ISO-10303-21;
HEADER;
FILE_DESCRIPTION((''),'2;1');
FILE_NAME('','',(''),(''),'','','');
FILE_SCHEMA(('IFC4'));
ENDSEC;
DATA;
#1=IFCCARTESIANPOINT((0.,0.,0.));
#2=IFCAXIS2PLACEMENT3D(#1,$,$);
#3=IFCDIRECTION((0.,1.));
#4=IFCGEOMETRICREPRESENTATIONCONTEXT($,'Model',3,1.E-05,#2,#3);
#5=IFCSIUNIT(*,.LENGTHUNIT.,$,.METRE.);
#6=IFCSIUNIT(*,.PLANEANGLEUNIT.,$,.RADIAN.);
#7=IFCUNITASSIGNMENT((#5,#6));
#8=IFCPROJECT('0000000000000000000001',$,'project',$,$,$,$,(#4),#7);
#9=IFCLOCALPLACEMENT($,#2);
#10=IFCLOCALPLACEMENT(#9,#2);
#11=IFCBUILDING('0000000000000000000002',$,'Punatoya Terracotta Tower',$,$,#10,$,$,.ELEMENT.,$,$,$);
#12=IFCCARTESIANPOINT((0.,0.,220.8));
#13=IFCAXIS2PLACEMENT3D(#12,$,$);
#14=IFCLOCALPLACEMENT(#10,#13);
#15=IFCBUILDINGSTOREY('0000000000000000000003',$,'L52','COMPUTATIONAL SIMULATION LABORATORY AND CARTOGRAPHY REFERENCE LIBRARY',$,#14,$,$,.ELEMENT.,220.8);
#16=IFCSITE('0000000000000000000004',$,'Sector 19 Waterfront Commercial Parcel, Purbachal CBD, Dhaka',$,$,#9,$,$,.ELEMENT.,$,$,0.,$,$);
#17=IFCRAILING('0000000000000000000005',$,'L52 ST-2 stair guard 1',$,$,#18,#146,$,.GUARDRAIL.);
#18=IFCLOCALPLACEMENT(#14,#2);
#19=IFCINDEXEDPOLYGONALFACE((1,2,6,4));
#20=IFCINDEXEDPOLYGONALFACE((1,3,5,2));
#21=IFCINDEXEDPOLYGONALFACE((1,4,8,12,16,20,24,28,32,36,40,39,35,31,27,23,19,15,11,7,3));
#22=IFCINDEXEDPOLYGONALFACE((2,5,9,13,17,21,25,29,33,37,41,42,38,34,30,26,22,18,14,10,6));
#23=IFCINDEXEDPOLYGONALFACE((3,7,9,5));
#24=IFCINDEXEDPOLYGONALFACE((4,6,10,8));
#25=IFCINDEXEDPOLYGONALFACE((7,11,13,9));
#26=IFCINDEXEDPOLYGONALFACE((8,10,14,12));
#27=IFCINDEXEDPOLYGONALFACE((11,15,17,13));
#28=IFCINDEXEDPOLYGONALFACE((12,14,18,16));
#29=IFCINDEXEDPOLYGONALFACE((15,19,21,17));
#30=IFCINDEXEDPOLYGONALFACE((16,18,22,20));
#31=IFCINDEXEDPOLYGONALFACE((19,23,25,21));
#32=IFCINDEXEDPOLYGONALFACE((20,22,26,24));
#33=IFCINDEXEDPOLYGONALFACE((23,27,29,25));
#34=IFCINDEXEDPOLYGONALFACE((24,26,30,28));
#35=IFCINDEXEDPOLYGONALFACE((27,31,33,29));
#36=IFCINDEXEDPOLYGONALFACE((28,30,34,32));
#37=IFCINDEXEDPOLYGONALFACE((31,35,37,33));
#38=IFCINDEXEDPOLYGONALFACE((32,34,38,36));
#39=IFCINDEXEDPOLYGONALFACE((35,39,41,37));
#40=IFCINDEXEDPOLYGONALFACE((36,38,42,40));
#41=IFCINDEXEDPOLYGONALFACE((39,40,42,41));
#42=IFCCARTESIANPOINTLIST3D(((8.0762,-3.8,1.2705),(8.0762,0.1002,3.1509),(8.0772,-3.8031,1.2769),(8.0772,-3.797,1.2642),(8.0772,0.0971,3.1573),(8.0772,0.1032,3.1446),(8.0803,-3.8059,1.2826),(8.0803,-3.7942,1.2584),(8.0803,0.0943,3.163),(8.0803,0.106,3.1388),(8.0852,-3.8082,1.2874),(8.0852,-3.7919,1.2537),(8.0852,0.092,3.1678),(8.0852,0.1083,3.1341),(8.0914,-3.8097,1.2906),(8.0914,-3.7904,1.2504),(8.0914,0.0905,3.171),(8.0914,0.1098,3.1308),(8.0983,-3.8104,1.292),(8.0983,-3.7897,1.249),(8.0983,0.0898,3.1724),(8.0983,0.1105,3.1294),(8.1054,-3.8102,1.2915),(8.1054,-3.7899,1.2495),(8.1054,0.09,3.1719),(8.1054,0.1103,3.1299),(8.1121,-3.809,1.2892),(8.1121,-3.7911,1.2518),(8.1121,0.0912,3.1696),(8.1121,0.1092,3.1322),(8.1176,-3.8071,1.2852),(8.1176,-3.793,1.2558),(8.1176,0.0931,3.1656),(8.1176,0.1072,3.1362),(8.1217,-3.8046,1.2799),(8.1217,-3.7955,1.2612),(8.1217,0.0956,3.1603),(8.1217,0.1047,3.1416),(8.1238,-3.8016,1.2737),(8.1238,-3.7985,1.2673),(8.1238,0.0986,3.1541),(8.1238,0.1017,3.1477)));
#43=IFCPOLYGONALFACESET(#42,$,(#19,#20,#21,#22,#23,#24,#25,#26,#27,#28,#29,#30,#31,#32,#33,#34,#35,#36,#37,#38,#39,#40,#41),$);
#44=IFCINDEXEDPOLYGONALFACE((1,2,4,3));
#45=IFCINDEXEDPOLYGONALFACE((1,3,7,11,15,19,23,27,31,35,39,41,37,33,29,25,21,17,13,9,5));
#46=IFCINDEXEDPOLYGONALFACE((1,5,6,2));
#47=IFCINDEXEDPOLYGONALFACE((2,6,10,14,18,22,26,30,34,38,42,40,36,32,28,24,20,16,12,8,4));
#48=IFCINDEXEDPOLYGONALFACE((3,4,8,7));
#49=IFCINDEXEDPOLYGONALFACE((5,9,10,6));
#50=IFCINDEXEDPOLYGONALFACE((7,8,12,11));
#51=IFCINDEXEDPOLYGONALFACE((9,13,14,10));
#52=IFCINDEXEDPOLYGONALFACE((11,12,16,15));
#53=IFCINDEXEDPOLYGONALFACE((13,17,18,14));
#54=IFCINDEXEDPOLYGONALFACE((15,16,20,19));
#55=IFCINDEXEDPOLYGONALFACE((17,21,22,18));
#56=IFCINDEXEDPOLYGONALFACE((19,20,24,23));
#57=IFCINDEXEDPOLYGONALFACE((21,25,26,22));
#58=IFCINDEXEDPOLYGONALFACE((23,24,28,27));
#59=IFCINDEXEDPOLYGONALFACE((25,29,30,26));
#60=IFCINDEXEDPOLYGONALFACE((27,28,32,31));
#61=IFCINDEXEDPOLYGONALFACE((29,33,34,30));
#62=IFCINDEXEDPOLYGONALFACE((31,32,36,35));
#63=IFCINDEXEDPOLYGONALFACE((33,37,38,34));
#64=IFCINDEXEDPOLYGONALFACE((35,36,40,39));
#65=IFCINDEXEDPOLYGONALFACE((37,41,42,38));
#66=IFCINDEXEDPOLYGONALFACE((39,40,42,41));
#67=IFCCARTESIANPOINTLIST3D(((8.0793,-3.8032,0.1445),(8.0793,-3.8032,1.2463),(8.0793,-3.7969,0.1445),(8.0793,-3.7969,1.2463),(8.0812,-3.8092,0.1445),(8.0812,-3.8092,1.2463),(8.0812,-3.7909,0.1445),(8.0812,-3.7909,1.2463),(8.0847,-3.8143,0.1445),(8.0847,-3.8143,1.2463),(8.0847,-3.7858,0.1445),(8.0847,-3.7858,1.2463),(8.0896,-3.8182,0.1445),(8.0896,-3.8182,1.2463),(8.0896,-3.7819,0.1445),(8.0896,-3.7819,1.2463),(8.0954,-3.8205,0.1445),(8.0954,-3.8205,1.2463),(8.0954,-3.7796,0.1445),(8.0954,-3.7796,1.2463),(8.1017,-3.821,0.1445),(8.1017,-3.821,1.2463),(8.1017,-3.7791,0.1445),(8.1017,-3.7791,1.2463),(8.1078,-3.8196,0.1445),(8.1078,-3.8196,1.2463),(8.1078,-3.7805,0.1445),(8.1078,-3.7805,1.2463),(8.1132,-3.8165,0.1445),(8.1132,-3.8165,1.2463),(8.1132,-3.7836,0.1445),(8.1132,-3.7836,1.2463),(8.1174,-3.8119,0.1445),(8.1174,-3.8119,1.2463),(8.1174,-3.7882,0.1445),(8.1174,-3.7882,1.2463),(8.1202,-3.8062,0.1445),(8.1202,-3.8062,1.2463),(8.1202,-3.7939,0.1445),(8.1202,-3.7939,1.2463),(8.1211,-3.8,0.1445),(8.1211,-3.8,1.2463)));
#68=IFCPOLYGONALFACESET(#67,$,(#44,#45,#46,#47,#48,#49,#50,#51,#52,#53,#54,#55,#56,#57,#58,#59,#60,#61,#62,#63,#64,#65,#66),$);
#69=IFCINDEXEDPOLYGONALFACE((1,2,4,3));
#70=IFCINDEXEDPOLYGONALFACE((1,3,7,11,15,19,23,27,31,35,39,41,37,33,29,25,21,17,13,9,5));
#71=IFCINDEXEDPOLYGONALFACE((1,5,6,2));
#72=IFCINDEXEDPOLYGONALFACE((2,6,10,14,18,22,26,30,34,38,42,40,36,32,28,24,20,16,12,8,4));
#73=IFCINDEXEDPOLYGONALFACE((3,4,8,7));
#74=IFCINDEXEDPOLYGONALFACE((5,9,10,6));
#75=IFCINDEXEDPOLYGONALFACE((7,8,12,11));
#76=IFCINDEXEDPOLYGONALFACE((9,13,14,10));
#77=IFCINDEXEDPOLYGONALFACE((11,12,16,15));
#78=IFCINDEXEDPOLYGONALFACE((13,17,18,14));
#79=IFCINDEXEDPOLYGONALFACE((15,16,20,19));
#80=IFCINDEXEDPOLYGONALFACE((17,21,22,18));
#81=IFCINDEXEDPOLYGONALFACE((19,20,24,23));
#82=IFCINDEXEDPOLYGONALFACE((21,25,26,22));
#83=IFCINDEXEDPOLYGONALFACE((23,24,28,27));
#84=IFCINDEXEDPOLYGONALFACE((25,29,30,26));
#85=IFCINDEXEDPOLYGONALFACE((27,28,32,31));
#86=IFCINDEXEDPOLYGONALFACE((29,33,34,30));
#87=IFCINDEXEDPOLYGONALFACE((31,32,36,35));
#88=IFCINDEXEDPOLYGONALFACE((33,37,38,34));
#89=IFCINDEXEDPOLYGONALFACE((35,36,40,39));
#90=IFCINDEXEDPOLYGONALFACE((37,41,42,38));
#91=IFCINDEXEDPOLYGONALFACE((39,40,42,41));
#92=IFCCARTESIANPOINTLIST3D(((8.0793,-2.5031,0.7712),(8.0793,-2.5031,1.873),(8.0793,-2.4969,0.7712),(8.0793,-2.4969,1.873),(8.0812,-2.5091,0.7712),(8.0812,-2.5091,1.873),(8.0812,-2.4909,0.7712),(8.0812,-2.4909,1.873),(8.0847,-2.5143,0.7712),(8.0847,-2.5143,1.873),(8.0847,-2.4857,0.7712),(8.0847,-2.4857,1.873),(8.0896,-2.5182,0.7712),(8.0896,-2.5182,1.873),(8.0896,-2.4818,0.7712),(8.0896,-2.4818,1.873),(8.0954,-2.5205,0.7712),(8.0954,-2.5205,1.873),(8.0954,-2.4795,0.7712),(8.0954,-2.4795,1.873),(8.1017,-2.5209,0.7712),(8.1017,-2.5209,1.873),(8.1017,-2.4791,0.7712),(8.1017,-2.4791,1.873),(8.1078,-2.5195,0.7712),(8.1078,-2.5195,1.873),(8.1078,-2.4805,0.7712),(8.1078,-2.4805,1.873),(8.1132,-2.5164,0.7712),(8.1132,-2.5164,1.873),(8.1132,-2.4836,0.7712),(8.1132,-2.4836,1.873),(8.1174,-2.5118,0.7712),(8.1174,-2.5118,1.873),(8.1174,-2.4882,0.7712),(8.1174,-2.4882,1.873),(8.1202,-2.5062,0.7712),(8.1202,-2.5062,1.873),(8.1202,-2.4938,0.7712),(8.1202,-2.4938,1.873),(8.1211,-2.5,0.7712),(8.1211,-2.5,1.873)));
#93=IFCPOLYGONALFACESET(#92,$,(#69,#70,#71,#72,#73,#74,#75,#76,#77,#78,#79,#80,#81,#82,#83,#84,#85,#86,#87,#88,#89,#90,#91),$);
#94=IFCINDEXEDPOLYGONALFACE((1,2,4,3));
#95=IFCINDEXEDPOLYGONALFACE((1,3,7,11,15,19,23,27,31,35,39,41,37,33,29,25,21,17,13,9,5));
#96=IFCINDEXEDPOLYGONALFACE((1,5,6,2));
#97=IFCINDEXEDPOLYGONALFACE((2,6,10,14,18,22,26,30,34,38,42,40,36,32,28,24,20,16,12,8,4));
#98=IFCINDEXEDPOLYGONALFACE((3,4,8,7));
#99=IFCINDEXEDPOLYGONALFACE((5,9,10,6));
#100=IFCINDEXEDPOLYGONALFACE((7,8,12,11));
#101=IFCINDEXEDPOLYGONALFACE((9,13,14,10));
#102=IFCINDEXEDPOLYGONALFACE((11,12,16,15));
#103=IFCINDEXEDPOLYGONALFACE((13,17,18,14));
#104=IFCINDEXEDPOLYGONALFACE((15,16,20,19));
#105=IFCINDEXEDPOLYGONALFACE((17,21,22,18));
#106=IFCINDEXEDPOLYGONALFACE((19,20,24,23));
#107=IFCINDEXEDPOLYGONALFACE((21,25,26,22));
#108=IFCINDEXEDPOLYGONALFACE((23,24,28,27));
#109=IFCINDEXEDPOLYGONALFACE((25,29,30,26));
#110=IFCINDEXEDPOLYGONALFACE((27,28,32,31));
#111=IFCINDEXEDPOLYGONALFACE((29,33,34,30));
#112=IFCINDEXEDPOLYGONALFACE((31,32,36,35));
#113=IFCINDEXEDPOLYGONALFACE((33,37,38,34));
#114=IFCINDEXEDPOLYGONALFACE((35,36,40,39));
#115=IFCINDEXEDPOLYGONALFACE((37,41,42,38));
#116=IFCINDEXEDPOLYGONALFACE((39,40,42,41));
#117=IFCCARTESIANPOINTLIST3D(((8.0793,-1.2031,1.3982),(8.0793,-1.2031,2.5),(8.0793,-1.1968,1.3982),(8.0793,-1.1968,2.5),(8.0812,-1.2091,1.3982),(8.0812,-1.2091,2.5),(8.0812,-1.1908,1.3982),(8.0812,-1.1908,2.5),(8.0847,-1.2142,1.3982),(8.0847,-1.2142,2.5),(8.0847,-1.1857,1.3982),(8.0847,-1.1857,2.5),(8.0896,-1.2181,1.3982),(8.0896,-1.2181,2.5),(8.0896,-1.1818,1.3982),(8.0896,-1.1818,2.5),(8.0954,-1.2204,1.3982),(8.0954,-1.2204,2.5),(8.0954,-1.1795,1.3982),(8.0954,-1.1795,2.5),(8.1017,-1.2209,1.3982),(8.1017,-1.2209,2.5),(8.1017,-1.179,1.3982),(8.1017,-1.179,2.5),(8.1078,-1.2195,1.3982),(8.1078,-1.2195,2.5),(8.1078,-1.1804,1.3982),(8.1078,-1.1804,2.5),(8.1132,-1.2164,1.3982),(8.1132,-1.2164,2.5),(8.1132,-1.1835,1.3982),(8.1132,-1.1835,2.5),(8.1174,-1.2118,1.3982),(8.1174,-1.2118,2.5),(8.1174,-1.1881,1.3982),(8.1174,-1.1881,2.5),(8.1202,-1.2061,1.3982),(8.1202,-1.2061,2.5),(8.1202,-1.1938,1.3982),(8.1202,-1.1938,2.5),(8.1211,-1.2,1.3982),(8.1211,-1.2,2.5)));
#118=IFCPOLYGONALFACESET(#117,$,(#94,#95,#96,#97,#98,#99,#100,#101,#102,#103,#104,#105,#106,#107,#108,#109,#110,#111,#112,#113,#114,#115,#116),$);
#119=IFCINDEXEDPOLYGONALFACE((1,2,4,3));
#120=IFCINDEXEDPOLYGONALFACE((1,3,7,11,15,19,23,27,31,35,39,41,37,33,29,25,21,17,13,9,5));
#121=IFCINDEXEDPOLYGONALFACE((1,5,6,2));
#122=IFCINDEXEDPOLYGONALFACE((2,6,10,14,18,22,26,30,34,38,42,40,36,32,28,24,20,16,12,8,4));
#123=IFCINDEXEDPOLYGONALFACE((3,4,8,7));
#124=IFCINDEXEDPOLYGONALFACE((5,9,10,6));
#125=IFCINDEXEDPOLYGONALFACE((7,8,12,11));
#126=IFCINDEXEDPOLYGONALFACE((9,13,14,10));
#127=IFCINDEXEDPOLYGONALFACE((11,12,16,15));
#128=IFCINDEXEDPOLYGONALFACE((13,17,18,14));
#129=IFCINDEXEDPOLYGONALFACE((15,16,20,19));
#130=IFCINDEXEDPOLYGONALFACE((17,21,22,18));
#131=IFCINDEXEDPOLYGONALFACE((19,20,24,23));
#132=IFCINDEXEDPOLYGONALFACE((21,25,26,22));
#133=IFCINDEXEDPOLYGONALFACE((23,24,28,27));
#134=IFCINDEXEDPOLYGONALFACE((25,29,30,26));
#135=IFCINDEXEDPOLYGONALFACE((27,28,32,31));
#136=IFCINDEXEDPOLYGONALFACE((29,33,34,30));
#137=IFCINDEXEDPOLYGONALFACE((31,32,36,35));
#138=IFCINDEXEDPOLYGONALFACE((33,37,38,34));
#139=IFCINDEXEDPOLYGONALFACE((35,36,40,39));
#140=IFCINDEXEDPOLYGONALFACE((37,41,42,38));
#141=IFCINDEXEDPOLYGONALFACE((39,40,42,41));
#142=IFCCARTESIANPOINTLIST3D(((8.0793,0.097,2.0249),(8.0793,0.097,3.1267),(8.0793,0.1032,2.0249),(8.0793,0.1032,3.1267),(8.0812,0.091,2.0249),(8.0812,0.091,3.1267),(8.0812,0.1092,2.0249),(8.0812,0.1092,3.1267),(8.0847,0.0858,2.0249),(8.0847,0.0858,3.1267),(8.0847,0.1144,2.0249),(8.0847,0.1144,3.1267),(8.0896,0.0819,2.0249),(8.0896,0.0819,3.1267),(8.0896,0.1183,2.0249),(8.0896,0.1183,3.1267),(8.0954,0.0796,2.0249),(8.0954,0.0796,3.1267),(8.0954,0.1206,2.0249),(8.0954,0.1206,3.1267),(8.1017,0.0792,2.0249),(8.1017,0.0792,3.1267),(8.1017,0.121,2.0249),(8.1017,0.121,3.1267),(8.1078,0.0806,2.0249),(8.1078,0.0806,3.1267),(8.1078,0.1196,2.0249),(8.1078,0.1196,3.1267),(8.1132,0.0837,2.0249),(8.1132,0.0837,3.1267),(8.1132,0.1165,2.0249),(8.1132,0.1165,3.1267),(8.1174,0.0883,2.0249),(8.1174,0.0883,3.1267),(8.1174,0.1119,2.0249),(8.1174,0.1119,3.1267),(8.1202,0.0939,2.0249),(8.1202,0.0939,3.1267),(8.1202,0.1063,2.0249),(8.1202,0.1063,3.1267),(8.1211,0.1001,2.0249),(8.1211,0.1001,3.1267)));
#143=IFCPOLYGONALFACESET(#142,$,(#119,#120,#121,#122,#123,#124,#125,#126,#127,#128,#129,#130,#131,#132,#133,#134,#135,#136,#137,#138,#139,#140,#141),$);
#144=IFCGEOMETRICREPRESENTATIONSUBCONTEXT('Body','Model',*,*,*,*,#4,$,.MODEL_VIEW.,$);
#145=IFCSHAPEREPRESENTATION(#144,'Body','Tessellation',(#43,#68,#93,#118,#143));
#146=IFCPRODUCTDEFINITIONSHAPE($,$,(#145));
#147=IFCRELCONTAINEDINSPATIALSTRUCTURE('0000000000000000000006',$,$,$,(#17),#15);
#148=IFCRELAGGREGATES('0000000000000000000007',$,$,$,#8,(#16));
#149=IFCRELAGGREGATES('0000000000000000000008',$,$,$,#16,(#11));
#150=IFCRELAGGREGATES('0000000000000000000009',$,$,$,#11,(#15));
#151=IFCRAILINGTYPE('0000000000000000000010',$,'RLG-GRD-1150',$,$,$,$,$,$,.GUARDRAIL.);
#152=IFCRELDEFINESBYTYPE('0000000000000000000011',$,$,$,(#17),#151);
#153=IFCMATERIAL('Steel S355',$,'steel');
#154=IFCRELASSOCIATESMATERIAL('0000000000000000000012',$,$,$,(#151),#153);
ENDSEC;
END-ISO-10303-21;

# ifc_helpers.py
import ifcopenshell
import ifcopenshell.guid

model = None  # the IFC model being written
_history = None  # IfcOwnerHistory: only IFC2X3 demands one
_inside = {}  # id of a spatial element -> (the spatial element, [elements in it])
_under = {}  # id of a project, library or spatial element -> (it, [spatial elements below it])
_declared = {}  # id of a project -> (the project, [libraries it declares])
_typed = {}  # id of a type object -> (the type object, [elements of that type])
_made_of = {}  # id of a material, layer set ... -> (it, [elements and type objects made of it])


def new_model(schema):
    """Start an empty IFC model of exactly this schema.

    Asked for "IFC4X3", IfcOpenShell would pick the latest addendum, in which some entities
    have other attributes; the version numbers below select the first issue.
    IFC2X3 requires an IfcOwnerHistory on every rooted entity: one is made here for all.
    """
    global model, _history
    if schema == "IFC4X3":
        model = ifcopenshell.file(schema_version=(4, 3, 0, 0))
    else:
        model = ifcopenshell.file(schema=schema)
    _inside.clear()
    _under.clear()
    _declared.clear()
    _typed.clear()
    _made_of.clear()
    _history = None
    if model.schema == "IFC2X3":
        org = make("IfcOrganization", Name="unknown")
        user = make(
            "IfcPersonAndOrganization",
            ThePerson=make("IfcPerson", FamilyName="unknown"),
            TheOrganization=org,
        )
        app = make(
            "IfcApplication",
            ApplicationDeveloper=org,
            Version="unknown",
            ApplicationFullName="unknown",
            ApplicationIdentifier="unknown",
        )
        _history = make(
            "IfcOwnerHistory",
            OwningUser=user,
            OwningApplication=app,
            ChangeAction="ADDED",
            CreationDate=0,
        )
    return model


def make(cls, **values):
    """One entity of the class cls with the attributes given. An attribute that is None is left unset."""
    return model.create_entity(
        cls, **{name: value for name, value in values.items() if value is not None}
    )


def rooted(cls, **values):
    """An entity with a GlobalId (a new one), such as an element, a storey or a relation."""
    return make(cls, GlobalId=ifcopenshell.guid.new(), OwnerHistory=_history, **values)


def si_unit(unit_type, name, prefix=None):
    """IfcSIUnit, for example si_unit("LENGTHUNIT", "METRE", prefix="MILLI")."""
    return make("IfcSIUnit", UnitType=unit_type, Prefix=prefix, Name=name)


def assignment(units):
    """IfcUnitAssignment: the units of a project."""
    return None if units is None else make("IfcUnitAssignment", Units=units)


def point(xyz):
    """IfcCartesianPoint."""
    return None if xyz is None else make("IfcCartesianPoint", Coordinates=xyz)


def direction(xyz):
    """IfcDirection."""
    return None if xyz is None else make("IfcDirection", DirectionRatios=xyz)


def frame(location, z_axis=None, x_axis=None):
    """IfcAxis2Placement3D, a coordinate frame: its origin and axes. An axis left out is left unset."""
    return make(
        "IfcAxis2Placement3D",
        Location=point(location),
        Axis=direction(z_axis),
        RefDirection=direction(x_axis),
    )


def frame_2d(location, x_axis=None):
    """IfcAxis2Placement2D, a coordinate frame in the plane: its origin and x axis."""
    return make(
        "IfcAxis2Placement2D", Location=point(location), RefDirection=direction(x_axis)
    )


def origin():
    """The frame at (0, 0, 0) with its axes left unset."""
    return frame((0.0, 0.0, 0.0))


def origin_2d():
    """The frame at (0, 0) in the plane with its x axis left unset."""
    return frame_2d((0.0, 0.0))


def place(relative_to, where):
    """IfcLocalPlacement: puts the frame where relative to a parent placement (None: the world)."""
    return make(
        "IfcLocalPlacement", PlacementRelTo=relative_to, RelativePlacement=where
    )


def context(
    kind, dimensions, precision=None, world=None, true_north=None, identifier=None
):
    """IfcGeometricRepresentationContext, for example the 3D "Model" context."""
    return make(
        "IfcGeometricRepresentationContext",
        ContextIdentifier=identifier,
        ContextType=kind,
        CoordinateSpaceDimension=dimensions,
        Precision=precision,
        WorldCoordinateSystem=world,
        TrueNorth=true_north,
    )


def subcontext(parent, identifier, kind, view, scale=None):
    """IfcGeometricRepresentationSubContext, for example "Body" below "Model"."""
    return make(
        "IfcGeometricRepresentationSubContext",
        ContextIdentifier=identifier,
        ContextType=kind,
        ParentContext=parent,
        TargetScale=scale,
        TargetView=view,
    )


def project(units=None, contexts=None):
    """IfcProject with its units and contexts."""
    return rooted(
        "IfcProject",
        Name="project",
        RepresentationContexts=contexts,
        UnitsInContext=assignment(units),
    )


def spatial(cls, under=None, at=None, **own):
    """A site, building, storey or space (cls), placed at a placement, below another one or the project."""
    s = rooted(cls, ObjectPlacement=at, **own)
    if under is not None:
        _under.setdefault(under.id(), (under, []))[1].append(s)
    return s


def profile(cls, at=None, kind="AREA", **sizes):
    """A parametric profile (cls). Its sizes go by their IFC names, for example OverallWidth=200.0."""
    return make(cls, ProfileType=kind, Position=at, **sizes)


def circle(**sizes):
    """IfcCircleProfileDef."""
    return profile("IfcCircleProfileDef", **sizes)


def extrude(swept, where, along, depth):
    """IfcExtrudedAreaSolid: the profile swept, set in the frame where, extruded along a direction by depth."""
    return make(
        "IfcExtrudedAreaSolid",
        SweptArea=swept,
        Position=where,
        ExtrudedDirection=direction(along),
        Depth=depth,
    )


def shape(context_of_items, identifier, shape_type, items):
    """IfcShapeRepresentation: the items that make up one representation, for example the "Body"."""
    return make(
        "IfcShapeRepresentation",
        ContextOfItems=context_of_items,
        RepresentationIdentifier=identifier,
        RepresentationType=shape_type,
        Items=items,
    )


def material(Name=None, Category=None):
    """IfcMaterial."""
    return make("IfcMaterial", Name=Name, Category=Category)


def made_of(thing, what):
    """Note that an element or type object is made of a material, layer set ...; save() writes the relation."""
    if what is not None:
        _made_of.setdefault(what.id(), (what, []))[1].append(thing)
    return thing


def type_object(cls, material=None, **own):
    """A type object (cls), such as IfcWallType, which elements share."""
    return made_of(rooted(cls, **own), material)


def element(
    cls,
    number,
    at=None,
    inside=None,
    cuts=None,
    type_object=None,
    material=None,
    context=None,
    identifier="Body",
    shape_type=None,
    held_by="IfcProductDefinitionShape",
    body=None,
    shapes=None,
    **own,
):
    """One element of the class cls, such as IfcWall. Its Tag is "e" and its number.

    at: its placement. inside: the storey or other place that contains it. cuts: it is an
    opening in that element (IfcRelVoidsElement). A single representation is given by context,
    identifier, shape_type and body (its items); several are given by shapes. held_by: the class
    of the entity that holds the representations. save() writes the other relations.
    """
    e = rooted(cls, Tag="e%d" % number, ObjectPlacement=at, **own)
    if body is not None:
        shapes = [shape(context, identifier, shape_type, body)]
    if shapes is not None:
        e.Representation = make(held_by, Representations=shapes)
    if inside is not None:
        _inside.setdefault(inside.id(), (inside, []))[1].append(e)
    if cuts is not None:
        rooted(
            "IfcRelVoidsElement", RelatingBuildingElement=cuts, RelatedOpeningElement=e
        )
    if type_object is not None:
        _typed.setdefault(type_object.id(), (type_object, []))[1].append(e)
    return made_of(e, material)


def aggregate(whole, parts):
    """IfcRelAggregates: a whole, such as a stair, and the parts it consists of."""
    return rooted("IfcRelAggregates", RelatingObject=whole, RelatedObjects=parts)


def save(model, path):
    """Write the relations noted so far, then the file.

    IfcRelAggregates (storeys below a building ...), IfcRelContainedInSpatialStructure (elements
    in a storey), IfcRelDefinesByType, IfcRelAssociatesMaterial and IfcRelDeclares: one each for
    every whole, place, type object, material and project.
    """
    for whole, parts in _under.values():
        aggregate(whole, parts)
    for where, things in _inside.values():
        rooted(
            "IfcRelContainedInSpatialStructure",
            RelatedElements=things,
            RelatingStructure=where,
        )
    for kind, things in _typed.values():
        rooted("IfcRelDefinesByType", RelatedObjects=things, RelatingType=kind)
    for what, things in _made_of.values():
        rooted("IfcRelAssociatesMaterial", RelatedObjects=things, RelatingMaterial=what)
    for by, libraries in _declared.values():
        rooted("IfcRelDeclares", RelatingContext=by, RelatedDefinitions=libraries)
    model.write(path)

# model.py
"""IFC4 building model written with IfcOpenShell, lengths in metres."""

from ifc_helpers import new_model, si_unit, direction, frame, origin, origin_2d, place, context, subcontext, project, spatial, circle, extrude, material, type_object, element, save


model = new_model("IFC4")

# Units and contexts
model_context = context("Model", 3, precision=1e-05, world=origin(), true_north=direction((0.0, 1.0)))
body_context = subcontext(model_context, "Body", "Model", "MODEL_VIEW")
ifc_project = project(units=[si_unit("LENGTHUNIT", "METRE"), si_unit("PLANEANGLEUNIT", "RADIAN")], contexts=[model_context])

# Site, building, storey
site_placement = place(None, origin())
site = spatial("IfcSite", under=ifc_project, at=site_placement, Name="Sector 19 Waterfront Commercial Parcel, Purbachal CBD, Dhaka", CompositionType="ELEMENT", RefElevation=0.0)
building_placement = place(site_placement, origin())
building = spatial("IfcBuilding", under=site, at=building_placement, Name="Punatoya Terracotta Tower", CompositionType="ELEMENT")
storey_placement = place(building_placement, frame((0.0, 0.0, 220.8)))
storey = spatial("IfcBuildingStorey", under=building, at=storey_placement, Name="L52", Description="COMPUTATIONAL SIMULATION LABORATORY AND CARTOGRAPHY REFERENCE LIBRARY", CompositionType="ELEMENT", Elevation=220.8)

# Railing
ifc_material_1 = material(Name="Steel S355", Category="steel")
railing_type_1 = type_object("IfcRailingType", Name="RLG-GRD-1150", PredefinedType="GUARDRAIL", material=ifc_material_1)
railing_1_placement = place(storey_placement, frame((8.1001, -3.8, 0.1445)))
element("IfcRailing", 1, at=railing_1_placement, inside=storey, type_object=railing_type_1, Name="L52 ST-2 stair guard 1", PredefinedType="GUARDRAIL", context=body_context, shape_type="SweptSolid", body=[
    extrude(circle(Radius=0.0239, at=origin_2d()), frame((0.0, 0.0, 1.126), z_axis=(0.0, 0.900774, 0.434289), x_axis=(-1.0, 0.0, 0.0)), (0.0, 0.0, 1.0), 4.3298),
    extrude(circle(Radius=0.021, at=origin_2d()), origin(), (0.0, 0.0, 1.0), 1.1018),
    extrude(circle(Radius=0.021, at=origin_2d()), frame((0.0, 1.3, 0.6267)), (0.0, 0.0, 1.0), 1.1018),
    extrude(circle(Radius=0.021, at=origin_2d()), frame((0.0, 2.6001, 1.2537)), (0.0, 0.0, 1.0), 1.1018),
    extrude(circle(Radius=0.021, at=origin_2d()), frame((0.0, 3.9001, 1.8804)), (0.0, 0.0, 1.0), 1.1018),
])

save(model, "model.ifc")
